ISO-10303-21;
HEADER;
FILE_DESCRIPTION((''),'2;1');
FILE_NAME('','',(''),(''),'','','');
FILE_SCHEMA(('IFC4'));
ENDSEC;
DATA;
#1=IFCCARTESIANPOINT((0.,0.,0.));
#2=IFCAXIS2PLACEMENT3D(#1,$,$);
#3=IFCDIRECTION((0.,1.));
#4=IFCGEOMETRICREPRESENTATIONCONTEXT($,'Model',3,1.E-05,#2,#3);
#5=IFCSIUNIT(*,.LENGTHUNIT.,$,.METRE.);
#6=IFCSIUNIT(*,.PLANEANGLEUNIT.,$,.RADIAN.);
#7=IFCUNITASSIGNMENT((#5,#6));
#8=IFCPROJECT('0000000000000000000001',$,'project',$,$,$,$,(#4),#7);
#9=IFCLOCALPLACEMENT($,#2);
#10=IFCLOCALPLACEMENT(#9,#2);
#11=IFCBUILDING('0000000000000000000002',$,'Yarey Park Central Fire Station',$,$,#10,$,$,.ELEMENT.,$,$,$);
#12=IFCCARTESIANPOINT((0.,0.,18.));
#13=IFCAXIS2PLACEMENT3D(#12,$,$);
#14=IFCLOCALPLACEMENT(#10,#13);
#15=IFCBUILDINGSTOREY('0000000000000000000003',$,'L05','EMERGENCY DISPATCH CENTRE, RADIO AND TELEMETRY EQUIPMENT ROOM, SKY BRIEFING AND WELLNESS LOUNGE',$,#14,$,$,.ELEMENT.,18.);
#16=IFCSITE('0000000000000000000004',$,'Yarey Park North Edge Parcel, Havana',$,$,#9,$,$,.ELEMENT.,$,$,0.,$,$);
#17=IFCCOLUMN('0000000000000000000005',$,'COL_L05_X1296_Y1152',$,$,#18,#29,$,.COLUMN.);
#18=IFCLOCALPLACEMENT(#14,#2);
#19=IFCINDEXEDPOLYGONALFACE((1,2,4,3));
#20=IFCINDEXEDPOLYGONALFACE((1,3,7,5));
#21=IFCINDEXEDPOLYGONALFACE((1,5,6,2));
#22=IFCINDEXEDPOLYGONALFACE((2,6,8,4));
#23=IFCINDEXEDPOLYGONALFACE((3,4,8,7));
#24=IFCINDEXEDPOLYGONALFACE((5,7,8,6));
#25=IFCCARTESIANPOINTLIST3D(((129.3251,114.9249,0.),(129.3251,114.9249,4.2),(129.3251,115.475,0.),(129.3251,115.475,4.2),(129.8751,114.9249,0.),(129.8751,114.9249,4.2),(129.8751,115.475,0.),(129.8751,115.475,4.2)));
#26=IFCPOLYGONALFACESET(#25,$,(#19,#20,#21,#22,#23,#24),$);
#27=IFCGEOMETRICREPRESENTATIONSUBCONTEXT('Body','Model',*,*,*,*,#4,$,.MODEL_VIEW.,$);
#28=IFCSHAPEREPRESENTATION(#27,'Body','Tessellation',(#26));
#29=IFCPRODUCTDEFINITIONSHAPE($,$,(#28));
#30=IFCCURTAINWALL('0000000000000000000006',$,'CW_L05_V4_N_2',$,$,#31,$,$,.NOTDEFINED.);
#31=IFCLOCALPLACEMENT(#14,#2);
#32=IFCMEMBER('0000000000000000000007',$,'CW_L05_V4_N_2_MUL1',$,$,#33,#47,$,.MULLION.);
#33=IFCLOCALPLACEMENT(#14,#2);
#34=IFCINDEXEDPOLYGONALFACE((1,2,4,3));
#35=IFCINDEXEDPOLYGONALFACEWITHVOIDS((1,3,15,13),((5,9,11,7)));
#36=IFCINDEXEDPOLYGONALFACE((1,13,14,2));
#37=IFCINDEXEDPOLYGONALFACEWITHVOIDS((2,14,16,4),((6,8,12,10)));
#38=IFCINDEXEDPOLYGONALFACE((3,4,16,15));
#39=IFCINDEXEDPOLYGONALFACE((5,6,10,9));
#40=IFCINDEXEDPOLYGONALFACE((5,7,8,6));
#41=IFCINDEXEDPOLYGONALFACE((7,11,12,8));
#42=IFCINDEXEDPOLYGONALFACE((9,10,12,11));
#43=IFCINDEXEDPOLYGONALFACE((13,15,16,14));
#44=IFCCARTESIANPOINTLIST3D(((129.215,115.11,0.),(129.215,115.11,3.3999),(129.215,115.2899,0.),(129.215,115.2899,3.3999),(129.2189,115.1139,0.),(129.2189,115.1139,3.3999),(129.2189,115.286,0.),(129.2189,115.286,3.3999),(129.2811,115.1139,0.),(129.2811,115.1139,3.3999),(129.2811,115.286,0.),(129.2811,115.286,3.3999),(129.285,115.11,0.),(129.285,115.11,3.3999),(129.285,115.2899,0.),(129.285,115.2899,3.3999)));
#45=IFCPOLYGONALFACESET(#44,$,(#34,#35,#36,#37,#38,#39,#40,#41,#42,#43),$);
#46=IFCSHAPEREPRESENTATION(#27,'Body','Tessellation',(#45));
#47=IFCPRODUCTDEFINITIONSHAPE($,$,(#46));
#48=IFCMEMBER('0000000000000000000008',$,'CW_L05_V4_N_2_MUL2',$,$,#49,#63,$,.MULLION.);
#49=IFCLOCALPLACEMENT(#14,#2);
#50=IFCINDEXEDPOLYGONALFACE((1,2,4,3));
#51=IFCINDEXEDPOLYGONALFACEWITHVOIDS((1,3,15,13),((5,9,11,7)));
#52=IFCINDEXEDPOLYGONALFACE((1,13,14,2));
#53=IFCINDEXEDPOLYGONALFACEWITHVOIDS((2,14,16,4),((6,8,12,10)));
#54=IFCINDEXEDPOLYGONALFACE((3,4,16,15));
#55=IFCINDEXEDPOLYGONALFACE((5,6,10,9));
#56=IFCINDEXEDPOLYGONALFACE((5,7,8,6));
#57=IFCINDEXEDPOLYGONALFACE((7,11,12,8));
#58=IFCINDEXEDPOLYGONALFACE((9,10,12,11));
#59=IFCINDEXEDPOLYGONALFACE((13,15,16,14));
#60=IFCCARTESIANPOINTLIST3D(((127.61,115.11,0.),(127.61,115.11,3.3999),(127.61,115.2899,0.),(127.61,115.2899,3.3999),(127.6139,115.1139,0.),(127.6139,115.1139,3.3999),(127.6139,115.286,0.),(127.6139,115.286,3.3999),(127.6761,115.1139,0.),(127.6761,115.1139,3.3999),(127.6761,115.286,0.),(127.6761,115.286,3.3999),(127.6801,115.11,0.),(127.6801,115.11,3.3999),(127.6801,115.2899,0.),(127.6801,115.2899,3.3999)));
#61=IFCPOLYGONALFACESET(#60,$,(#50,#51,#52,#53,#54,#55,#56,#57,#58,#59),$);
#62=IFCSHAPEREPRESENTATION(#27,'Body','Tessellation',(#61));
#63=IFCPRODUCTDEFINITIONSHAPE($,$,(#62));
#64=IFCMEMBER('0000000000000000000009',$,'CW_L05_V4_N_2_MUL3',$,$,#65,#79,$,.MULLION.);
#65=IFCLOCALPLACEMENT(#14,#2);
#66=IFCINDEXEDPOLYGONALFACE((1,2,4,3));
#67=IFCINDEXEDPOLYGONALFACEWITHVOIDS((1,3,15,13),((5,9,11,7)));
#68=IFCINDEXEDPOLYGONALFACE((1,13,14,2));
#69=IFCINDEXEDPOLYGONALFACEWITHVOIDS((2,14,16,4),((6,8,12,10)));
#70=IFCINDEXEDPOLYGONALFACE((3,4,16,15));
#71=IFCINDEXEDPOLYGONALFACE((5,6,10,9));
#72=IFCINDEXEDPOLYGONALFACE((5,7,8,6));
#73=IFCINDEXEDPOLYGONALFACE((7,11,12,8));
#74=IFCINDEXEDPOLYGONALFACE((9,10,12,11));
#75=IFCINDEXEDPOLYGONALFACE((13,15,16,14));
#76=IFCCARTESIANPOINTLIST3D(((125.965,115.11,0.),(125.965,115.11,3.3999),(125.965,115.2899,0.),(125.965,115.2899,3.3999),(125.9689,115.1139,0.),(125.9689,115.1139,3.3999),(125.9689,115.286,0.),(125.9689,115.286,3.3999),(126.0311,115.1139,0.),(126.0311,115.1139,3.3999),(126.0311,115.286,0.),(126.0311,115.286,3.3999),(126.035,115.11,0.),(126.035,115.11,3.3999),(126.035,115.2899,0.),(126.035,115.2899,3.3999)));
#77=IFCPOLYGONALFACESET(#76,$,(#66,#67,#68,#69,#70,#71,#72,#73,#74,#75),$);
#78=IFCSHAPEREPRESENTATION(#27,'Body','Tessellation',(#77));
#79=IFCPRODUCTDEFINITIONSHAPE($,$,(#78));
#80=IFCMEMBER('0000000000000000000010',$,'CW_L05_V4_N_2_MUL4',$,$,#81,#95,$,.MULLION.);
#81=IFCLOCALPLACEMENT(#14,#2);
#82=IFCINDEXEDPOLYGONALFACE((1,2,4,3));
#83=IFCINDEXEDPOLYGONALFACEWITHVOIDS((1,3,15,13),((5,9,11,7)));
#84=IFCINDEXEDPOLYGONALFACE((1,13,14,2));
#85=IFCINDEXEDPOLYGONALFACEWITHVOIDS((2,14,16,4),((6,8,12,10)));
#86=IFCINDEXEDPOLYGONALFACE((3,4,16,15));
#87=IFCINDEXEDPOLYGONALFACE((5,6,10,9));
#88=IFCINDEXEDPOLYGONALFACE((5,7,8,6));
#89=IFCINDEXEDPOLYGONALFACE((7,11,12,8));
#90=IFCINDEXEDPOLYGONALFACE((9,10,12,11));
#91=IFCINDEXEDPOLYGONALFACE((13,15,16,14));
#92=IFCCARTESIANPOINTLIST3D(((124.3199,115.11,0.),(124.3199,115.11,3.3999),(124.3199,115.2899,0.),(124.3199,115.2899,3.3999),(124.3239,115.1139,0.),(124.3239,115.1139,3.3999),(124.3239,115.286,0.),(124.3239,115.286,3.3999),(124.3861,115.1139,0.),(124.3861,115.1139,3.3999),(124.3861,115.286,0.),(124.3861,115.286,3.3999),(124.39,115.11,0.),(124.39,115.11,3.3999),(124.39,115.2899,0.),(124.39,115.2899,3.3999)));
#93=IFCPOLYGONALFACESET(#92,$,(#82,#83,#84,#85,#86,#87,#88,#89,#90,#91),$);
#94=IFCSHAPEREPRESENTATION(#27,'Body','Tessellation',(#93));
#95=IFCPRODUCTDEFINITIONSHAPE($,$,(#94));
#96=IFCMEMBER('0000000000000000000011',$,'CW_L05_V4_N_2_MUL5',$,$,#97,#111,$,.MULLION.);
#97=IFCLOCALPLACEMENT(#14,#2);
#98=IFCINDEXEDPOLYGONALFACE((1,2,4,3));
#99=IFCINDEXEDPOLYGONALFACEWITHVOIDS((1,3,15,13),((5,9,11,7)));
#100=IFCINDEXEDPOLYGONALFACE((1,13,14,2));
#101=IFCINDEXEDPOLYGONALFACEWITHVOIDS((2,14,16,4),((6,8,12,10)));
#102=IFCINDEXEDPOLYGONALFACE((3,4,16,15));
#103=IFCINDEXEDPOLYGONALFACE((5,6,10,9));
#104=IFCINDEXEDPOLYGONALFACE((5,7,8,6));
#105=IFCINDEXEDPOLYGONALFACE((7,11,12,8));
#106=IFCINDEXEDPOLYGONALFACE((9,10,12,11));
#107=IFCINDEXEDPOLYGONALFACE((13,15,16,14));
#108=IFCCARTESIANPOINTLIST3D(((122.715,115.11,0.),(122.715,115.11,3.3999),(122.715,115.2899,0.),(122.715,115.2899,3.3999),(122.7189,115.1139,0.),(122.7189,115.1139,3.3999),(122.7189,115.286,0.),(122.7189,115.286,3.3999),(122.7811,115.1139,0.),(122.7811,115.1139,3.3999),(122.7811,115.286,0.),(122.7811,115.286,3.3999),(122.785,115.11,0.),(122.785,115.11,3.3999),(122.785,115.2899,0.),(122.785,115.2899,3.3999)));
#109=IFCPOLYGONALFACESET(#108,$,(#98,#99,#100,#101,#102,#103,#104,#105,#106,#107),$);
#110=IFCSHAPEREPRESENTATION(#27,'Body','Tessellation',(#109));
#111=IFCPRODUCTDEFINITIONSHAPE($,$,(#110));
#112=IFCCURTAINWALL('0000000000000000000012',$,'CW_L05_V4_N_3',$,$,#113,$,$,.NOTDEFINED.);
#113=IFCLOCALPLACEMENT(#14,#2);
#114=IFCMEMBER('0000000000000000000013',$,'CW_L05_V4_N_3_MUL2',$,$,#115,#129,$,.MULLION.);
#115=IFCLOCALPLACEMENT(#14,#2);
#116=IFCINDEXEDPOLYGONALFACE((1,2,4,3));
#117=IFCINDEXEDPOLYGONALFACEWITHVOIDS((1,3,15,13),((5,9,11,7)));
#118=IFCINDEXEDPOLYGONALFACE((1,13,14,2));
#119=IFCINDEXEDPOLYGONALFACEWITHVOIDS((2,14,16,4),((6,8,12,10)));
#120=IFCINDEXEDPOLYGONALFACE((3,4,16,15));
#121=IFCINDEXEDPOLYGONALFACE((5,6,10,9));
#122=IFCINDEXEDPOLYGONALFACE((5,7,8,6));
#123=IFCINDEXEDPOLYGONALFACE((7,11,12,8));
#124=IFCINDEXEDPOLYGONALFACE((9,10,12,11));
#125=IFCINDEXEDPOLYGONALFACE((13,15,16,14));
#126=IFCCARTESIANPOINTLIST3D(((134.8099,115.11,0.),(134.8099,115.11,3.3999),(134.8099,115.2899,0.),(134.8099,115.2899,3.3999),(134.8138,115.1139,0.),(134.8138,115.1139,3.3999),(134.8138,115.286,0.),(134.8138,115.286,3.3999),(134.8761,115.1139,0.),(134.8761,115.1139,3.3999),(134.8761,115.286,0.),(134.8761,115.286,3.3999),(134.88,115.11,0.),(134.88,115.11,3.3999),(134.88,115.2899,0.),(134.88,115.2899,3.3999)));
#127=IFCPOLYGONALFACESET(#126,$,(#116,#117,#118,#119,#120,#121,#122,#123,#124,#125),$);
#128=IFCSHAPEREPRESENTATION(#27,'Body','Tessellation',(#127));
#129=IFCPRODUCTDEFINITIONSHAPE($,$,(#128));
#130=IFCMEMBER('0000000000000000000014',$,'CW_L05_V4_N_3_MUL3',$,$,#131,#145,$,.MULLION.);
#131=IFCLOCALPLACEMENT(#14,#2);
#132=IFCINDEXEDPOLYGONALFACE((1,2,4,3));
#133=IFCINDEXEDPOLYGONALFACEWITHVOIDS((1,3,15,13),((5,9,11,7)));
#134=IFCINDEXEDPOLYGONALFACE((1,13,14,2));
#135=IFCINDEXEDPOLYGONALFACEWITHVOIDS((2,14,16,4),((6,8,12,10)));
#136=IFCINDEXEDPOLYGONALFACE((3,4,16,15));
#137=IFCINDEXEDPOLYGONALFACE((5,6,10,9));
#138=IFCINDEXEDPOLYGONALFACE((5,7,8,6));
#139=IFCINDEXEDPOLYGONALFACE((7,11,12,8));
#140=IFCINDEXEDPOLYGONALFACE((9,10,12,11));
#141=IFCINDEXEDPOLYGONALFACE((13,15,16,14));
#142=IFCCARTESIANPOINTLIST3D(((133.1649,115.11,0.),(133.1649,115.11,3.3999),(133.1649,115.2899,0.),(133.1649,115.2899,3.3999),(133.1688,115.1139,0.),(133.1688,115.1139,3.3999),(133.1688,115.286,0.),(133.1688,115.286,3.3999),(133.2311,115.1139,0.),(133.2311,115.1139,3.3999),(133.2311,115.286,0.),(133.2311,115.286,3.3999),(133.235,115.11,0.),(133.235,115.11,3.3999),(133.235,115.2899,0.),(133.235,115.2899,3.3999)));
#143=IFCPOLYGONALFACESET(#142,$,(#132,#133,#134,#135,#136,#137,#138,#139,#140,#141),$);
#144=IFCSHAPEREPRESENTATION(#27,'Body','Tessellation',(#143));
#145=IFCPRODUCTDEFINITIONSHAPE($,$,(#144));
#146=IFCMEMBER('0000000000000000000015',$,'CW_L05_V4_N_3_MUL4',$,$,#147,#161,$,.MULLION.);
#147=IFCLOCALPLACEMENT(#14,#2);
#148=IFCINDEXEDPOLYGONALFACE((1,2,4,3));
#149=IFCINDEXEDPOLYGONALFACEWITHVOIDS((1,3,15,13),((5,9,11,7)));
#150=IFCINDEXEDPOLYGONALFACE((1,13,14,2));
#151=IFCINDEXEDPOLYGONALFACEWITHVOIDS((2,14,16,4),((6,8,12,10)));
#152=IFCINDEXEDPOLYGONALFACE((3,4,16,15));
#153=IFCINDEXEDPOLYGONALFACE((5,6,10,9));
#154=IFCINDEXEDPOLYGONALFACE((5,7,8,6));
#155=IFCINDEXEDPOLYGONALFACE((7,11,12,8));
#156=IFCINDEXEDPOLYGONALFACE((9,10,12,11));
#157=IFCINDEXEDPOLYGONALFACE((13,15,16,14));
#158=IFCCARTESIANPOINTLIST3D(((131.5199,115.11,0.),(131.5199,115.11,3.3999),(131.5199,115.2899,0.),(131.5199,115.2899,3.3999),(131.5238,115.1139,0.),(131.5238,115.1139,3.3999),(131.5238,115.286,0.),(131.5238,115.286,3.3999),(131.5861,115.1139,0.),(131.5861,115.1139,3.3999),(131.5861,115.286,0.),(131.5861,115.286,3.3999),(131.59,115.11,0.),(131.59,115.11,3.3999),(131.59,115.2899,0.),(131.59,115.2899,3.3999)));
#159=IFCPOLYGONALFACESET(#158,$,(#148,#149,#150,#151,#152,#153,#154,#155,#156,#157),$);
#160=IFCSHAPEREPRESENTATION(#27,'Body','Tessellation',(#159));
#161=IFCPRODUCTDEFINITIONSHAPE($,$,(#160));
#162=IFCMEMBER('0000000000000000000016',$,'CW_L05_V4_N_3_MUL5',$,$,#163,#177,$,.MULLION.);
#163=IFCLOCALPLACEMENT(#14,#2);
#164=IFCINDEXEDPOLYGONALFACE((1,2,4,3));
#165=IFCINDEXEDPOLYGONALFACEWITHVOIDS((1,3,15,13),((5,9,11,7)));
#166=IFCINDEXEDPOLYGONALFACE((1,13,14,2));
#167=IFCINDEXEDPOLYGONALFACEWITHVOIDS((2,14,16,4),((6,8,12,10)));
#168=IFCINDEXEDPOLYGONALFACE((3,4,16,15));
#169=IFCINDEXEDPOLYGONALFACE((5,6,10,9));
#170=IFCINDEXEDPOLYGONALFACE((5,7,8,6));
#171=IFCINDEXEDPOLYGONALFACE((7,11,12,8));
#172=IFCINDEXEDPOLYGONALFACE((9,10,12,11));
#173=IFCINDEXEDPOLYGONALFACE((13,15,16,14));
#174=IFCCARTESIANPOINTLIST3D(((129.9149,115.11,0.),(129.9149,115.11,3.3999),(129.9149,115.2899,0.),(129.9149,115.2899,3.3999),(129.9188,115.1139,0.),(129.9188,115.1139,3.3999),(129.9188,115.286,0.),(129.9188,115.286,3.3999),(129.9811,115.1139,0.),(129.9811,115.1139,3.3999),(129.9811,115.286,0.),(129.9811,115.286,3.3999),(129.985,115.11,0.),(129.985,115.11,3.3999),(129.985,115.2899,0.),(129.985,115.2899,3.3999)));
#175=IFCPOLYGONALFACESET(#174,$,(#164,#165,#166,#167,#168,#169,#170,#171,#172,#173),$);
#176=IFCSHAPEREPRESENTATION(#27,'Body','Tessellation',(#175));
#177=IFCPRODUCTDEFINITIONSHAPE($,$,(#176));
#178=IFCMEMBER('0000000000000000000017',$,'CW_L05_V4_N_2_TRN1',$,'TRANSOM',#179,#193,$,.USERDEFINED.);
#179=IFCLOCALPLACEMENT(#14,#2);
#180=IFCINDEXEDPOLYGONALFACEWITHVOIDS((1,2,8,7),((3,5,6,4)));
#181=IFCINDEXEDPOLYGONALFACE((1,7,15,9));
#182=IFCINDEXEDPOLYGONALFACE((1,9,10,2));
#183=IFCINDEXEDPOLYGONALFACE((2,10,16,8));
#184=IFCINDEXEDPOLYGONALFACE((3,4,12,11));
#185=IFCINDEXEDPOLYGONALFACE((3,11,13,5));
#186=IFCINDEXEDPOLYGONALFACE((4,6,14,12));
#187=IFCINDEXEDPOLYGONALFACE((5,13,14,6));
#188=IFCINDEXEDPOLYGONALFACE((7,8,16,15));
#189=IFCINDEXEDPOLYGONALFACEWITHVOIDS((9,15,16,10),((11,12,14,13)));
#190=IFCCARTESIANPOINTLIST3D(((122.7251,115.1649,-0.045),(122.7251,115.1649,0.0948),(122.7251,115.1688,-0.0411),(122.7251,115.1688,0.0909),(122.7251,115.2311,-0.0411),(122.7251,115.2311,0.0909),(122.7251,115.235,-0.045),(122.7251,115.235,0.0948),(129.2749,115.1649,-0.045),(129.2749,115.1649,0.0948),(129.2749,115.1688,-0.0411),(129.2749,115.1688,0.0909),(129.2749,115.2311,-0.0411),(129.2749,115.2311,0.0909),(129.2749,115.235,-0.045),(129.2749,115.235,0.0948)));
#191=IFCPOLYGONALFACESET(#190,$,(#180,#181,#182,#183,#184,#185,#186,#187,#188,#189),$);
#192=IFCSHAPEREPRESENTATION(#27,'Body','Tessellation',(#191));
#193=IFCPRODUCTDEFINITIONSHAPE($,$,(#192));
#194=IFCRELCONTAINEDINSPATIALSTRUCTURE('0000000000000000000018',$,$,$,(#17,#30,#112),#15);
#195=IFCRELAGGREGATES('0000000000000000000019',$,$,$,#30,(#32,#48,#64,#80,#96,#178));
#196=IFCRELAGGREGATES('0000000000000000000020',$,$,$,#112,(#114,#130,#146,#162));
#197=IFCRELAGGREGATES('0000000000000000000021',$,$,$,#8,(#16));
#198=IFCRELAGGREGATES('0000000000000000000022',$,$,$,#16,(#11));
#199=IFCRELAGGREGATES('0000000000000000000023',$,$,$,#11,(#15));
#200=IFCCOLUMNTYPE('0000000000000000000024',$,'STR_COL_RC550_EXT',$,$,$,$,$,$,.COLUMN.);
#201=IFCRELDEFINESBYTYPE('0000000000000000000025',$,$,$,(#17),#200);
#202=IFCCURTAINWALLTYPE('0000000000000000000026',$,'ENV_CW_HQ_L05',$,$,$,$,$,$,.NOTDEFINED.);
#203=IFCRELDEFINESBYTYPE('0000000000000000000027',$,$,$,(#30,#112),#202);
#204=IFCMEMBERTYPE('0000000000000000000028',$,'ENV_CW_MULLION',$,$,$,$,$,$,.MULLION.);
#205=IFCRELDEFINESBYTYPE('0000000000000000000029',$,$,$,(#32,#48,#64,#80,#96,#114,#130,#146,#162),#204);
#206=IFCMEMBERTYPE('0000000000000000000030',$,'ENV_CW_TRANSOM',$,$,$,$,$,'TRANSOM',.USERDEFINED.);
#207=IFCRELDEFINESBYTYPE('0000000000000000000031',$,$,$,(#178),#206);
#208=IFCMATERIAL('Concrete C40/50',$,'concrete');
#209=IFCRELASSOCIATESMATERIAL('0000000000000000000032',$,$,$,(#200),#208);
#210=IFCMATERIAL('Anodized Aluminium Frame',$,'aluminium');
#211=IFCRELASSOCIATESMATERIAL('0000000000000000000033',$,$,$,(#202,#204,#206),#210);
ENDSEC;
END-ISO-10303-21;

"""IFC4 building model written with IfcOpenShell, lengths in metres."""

from ifc_helpers import new_model, si_unit, direction, frame, origin, origin_2d, place, context, subcontext, project, spatial, rectangle, hollow_rectangle, extrude, material, material_profile, profile_set, type_object, element, aggregate, save


model = new_model("IFC4")

# Units and contexts
model_context = context("Model", 3, precision=1e-05, world=origin(), true_north=direction((0.0, 1.0)))
body_context = subcontext(model_context, "Body", "Model", "MODEL_VIEW")
ifc_project = project(units=[si_unit("LENGTHUNIT", "METRE"), si_unit("PLANEANGLEUNIT", "RADIAN")], contexts=[model_context])

# Site, building, storey
site_placement = place(None, origin())
site = spatial("IfcSite", under=ifc_project, at=site_placement, Name="Yarey Park North Edge Parcel, Havana", CompositionType="ELEMENT", RefElevation=0.0)
building_placement = place(site_placement, origin())
building = spatial("IfcBuilding", under=site, at=building_placement, Name="Yarey Park Central Fire Station", CompositionType="ELEMENT")
storey_placement = place(building_placement, frame((0.0, 0.0, 18.0)))
storey = spatial("IfcBuildingStorey", under=building, at=storey_placement, Name="L05", Description="EMERGENCY DISPATCH CENTRE, RADIO AND TELEMETRY EQUIPMENT ROOM, SKY BRIEFING AND WELLNESS LOUNGE", CompositionType="ELEMENT", Elevation=18.0)

# Column
ifc_material_1 = material(Name="Concrete C40/50", Category="concrete")
ifc_material_profile_1 = material_profile(ifc_material_1, rectangle(XDim=0.55, YDim=0.55, at=origin_2d()), Name="RC 550x550")
ifc_profile_set_1 = profile_set([ifc_material_profile_1], Name="Concrete C40/50")
column_type = type_object("IfcColumnType", Name="STR_COL_RC550_EXT", PredefinedType="COLUMN", material=ifc_profile_set_1)
column_placement = place(storey_placement, frame((129.6001, 115.2, 0.0), z_axis=(0.0, 0.0, 1.0), x_axis=(1.0, 0.0, 0.0)))
element("IfcColumn", 1, at=column_placement, inside=storey, type_object=column_type, Name="COL_L05_X1296_Y1152", PredefinedType="COLUMN", context=body_context, shape_type="SweptSolid", body=[
    extrude(rectangle(XDim=0.55, YDim=0.55, at=origin_2d()), origin(), (0.0, 0.0, 1.0), 4.2),
])

# Curtain walls, members
ifc_material_2 = material(Name="Anodized Aluminium Frame", Category="aluminium")
curtain_wall_type = type_object("IfcCurtainWallType", Name="ENV_CW_HQ_L05", PredefinedType="NOTDEFINED", material=ifc_material_2)
curtain_wall_1_placement = place(storey_placement, origin())
curtain_wall_1 = element("IfcCurtainWall", 2, at=curtain_wall_1_placement, inside=storey, type_object=curtain_wall_type, Name="CW_L05_V4_N_2", PredefinedType="NOTDEFINED")
ifc_material_profile_2 = material_profile(ifc_material_2, hollow_rectangle(XDim=0.0701, YDim=0.1799, WallThickness=0.0039, at=origin_2d()), Name="ALU 180x70x4")
ifc_profile_set_2 = profile_set([ifc_material_profile_2], Name="Anodized Aluminium Frame")
member_type_1 = type_object("IfcMemberType", Name="ENV_CW_MULLION", PredefinedType="MULLION", material=ifc_profile_set_2)
member_1_placement = place(storey_placement, frame((129.25, 115.2, 0.0), z_axis=(0.0, 0.0, 1.0), x_axis=(1.0, 0.0, 0.0)))
member_1 = element("IfcMember", 3, at=member_1_placement, type_object=member_type_1, Name="CW_L05_V4_N_2_MUL1", PredefinedType="MULLION", context=body_context, shape_type="SweptSolid", body=[
    extrude(hollow_rectangle(XDim=0.0701, YDim=0.1799, WallThickness=0.0039, at=origin_2d()), origin(), (0.0, 0.0, 1.0), 3.3999),
])
member_2_placement = place(storey_placement, frame((127.645, 115.2, 0.0), z_axis=(0.0, 0.0, 1.0), x_axis=(1.0, 0.0, 0.0)))
member_2 = element("IfcMember", 4, at=member_2_placement, type_object=member_type_1, Name="CW_L05_V4_N_2_MUL2", PredefinedType="MULLION", context=body_context, shape_type="SweptSolid", body=[
    extrude(hollow_rectangle(XDim=0.0701, YDim=0.1799, WallThickness=0.0039, at=origin_2d()), origin(), (0.0, 0.0, 1.0), 3.3999),
])
member_3_placement = place(storey_placement, frame((126.0, 115.2, 0.0), z_axis=(0.0, 0.0, 1.0), x_axis=(1.0, 0.0, 0.0)))
member_3 = element("IfcMember", 5, at=member_3_placement, type_object=member_type_1, Name="CW_L05_V4_N_2_MUL3", PredefinedType="MULLION", context=body_context, shape_type="SweptSolid", body=[
    extrude(hollow_rectangle(XDim=0.0701, YDim=0.1799, WallThickness=0.0039, at=origin_2d()), origin(), (0.0, 0.0, 1.0), 3.3999),
])
member_4_placement = place(storey_placement, frame((124.355, 115.2, 0.0), z_axis=(0.0, 0.0, 1.0), x_axis=(1.0, 0.0, 0.0)))
member_4 = element("IfcMember", 6, at=member_4_placement, type_object=member_type_1, Name="CW_L05_V4_N_2_MUL4", PredefinedType="MULLION", context=body_context, shape_type="SweptSolid", body=[
    extrude(hollow_rectangle(XDim=0.0701, YDim=0.1799, WallThickness=0.0039, at=origin_2d()), origin(), (0.0, 0.0, 1.0), 3.3999),
])
member_5_placement = place(storey_placement, frame((122.75, 115.2, 0.0), z_axis=(0.0, 0.0, 1.0), x_axis=(1.0, 0.0, 0.0)))
member_5 = element("IfcMember", 7, at=member_5_placement, type_object=member_type_1, Name="CW_L05_V4_N_2_MUL5", PredefinedType="MULLION", context=body_context, shape_type="SweptSolid", body=[
    extrude(hollow_rectangle(XDim=0.0701, YDim=0.1799, WallThickness=0.0039, at=origin_2d()), origin(), (0.0, 0.0, 1.0), 3.3999),
])
curtain_wall_2_placement = place(storey_placement, origin())
curtain_wall_2 = element("IfcCurtainWall", 8, at=curtain_wall_2_placement, inside=storey, type_object=curtain_wall_type, Name="CW_L05_V4_N_3", PredefinedType="NOTDEFINED")
member_6_placement = place(storey_placement, frame((134.845, 115.2, 0.0), z_axis=(0.0, 0.0, 1.0), x_axis=(1.0, 0.0, 0.0)))
member_6 = element("IfcMember", 9, at=member_6_placement, type_object=member_type_1, Name="CW_L05_V4_N_3_MUL2", PredefinedType="MULLION", context=body_context, shape_type="SweptSolid", body=[
    extrude(hollow_rectangle(XDim=0.0701, YDim=0.1799, WallThickness=0.0039, at=origin_2d()), origin(), (0.0, 0.0, 1.0), 3.3999),
])
member_7_placement = place(storey_placement, frame((133.2, 115.2, 0.0), z_axis=(0.0, 0.0, 1.0), x_axis=(1.0, 0.0, 0.0)))
member_7 = element("IfcMember", 10, at=member_7_placement, type_object=member_type_1, Name="CW_L05_V4_N_3_MUL3", PredefinedType="MULLION", context=body_context, shape_type="SweptSolid", body=[
    extrude(hollow_rectangle(XDim=0.0701, YDim=0.1799, WallThickness=0.0039, at=origin_2d()), origin(), (0.0, 0.0, 1.0), 3.3999),
])
member_8_placement = place(storey_placement, frame((131.5549, 115.2, 0.0), z_axis=(0.0, 0.0, 1.0), x_axis=(1.0, 0.0, 0.0)))
member_8 = element("IfcMember", 11, at=member_8_placement, type_object=member_type_1, Name="CW_L05_V4_N_3_MUL4", PredefinedType="MULLION", context=body_context, shape_type="SweptSolid", body=[
    extrude(hollow_rectangle(XDim=0.0701, YDim=0.1799, WallThickness=0.0039, at=origin_2d()), origin(), (0.0, 0.0, 1.0), 3.3999),
])
member_9_placement = place(storey_placement, frame((129.95, 115.2, 0.0), z_axis=(0.0, 0.0, 1.0), x_axis=(1.0, 0.0, 0.0)))
member_9 = element("IfcMember", 12, at=member_9_placement, type_object=member_type_1, Name="CW_L05_V4_N_3_MUL5", PredefinedType="MULLION", context=body_context, shape_type="SweptSolid", body=[
    extrude(hollow_rectangle(XDim=0.0701, YDim=0.1799, WallThickness=0.0039, at=origin_2d()), origin(), (0.0, 0.0, 1.0), 3.3999),
])

# Member
ifc_material_profile_3 = material_profile(ifc_material_2, hollow_rectangle(XDim=0.0701, YDim=0.1399, WallThickness=0.0039, at=origin_2d()), Name="ALU 140x70x4")
ifc_profile_set_3 = profile_set([ifc_material_profile_3], Name="Anodized Aluminium Frame")
member_type_2 = type_object("IfcMemberType", Name="ENV_CW_TRANSOM", ElementType="TRANSOM", PredefinedType="USERDEFINED", material=ifc_profile_set_3)
member_10_placement = place(storey_placement, frame((129.2749, 115.2, 0.0249), z_axis=(-1.0, 0.0, 0.0), x_axis=(0.0, -1.0, 0.0)))
member_10 = element("IfcMember", 13, at=member_10_placement, type_object=member_type_2, Name="CW_L05_V4_N_2_TRN1", ObjectType="TRANSOM", PredefinedType="USERDEFINED", context=body_context, shape_type="SweptSolid", body=[
    extrude(hollow_rectangle(XDim=0.0701, YDim=0.1399, WallThickness=0.0039, at=origin_2d()), origin(), (0.0, 0.0, 1.0), 6.5498),
])

aggregate(curtain_wall_1, [member_1, member_2, member_3, member_4, member_5, member_10])
aggregate(curtain_wall_2, [member_6, member_7, member_8, member_9])

save(model, "model.ifc")
